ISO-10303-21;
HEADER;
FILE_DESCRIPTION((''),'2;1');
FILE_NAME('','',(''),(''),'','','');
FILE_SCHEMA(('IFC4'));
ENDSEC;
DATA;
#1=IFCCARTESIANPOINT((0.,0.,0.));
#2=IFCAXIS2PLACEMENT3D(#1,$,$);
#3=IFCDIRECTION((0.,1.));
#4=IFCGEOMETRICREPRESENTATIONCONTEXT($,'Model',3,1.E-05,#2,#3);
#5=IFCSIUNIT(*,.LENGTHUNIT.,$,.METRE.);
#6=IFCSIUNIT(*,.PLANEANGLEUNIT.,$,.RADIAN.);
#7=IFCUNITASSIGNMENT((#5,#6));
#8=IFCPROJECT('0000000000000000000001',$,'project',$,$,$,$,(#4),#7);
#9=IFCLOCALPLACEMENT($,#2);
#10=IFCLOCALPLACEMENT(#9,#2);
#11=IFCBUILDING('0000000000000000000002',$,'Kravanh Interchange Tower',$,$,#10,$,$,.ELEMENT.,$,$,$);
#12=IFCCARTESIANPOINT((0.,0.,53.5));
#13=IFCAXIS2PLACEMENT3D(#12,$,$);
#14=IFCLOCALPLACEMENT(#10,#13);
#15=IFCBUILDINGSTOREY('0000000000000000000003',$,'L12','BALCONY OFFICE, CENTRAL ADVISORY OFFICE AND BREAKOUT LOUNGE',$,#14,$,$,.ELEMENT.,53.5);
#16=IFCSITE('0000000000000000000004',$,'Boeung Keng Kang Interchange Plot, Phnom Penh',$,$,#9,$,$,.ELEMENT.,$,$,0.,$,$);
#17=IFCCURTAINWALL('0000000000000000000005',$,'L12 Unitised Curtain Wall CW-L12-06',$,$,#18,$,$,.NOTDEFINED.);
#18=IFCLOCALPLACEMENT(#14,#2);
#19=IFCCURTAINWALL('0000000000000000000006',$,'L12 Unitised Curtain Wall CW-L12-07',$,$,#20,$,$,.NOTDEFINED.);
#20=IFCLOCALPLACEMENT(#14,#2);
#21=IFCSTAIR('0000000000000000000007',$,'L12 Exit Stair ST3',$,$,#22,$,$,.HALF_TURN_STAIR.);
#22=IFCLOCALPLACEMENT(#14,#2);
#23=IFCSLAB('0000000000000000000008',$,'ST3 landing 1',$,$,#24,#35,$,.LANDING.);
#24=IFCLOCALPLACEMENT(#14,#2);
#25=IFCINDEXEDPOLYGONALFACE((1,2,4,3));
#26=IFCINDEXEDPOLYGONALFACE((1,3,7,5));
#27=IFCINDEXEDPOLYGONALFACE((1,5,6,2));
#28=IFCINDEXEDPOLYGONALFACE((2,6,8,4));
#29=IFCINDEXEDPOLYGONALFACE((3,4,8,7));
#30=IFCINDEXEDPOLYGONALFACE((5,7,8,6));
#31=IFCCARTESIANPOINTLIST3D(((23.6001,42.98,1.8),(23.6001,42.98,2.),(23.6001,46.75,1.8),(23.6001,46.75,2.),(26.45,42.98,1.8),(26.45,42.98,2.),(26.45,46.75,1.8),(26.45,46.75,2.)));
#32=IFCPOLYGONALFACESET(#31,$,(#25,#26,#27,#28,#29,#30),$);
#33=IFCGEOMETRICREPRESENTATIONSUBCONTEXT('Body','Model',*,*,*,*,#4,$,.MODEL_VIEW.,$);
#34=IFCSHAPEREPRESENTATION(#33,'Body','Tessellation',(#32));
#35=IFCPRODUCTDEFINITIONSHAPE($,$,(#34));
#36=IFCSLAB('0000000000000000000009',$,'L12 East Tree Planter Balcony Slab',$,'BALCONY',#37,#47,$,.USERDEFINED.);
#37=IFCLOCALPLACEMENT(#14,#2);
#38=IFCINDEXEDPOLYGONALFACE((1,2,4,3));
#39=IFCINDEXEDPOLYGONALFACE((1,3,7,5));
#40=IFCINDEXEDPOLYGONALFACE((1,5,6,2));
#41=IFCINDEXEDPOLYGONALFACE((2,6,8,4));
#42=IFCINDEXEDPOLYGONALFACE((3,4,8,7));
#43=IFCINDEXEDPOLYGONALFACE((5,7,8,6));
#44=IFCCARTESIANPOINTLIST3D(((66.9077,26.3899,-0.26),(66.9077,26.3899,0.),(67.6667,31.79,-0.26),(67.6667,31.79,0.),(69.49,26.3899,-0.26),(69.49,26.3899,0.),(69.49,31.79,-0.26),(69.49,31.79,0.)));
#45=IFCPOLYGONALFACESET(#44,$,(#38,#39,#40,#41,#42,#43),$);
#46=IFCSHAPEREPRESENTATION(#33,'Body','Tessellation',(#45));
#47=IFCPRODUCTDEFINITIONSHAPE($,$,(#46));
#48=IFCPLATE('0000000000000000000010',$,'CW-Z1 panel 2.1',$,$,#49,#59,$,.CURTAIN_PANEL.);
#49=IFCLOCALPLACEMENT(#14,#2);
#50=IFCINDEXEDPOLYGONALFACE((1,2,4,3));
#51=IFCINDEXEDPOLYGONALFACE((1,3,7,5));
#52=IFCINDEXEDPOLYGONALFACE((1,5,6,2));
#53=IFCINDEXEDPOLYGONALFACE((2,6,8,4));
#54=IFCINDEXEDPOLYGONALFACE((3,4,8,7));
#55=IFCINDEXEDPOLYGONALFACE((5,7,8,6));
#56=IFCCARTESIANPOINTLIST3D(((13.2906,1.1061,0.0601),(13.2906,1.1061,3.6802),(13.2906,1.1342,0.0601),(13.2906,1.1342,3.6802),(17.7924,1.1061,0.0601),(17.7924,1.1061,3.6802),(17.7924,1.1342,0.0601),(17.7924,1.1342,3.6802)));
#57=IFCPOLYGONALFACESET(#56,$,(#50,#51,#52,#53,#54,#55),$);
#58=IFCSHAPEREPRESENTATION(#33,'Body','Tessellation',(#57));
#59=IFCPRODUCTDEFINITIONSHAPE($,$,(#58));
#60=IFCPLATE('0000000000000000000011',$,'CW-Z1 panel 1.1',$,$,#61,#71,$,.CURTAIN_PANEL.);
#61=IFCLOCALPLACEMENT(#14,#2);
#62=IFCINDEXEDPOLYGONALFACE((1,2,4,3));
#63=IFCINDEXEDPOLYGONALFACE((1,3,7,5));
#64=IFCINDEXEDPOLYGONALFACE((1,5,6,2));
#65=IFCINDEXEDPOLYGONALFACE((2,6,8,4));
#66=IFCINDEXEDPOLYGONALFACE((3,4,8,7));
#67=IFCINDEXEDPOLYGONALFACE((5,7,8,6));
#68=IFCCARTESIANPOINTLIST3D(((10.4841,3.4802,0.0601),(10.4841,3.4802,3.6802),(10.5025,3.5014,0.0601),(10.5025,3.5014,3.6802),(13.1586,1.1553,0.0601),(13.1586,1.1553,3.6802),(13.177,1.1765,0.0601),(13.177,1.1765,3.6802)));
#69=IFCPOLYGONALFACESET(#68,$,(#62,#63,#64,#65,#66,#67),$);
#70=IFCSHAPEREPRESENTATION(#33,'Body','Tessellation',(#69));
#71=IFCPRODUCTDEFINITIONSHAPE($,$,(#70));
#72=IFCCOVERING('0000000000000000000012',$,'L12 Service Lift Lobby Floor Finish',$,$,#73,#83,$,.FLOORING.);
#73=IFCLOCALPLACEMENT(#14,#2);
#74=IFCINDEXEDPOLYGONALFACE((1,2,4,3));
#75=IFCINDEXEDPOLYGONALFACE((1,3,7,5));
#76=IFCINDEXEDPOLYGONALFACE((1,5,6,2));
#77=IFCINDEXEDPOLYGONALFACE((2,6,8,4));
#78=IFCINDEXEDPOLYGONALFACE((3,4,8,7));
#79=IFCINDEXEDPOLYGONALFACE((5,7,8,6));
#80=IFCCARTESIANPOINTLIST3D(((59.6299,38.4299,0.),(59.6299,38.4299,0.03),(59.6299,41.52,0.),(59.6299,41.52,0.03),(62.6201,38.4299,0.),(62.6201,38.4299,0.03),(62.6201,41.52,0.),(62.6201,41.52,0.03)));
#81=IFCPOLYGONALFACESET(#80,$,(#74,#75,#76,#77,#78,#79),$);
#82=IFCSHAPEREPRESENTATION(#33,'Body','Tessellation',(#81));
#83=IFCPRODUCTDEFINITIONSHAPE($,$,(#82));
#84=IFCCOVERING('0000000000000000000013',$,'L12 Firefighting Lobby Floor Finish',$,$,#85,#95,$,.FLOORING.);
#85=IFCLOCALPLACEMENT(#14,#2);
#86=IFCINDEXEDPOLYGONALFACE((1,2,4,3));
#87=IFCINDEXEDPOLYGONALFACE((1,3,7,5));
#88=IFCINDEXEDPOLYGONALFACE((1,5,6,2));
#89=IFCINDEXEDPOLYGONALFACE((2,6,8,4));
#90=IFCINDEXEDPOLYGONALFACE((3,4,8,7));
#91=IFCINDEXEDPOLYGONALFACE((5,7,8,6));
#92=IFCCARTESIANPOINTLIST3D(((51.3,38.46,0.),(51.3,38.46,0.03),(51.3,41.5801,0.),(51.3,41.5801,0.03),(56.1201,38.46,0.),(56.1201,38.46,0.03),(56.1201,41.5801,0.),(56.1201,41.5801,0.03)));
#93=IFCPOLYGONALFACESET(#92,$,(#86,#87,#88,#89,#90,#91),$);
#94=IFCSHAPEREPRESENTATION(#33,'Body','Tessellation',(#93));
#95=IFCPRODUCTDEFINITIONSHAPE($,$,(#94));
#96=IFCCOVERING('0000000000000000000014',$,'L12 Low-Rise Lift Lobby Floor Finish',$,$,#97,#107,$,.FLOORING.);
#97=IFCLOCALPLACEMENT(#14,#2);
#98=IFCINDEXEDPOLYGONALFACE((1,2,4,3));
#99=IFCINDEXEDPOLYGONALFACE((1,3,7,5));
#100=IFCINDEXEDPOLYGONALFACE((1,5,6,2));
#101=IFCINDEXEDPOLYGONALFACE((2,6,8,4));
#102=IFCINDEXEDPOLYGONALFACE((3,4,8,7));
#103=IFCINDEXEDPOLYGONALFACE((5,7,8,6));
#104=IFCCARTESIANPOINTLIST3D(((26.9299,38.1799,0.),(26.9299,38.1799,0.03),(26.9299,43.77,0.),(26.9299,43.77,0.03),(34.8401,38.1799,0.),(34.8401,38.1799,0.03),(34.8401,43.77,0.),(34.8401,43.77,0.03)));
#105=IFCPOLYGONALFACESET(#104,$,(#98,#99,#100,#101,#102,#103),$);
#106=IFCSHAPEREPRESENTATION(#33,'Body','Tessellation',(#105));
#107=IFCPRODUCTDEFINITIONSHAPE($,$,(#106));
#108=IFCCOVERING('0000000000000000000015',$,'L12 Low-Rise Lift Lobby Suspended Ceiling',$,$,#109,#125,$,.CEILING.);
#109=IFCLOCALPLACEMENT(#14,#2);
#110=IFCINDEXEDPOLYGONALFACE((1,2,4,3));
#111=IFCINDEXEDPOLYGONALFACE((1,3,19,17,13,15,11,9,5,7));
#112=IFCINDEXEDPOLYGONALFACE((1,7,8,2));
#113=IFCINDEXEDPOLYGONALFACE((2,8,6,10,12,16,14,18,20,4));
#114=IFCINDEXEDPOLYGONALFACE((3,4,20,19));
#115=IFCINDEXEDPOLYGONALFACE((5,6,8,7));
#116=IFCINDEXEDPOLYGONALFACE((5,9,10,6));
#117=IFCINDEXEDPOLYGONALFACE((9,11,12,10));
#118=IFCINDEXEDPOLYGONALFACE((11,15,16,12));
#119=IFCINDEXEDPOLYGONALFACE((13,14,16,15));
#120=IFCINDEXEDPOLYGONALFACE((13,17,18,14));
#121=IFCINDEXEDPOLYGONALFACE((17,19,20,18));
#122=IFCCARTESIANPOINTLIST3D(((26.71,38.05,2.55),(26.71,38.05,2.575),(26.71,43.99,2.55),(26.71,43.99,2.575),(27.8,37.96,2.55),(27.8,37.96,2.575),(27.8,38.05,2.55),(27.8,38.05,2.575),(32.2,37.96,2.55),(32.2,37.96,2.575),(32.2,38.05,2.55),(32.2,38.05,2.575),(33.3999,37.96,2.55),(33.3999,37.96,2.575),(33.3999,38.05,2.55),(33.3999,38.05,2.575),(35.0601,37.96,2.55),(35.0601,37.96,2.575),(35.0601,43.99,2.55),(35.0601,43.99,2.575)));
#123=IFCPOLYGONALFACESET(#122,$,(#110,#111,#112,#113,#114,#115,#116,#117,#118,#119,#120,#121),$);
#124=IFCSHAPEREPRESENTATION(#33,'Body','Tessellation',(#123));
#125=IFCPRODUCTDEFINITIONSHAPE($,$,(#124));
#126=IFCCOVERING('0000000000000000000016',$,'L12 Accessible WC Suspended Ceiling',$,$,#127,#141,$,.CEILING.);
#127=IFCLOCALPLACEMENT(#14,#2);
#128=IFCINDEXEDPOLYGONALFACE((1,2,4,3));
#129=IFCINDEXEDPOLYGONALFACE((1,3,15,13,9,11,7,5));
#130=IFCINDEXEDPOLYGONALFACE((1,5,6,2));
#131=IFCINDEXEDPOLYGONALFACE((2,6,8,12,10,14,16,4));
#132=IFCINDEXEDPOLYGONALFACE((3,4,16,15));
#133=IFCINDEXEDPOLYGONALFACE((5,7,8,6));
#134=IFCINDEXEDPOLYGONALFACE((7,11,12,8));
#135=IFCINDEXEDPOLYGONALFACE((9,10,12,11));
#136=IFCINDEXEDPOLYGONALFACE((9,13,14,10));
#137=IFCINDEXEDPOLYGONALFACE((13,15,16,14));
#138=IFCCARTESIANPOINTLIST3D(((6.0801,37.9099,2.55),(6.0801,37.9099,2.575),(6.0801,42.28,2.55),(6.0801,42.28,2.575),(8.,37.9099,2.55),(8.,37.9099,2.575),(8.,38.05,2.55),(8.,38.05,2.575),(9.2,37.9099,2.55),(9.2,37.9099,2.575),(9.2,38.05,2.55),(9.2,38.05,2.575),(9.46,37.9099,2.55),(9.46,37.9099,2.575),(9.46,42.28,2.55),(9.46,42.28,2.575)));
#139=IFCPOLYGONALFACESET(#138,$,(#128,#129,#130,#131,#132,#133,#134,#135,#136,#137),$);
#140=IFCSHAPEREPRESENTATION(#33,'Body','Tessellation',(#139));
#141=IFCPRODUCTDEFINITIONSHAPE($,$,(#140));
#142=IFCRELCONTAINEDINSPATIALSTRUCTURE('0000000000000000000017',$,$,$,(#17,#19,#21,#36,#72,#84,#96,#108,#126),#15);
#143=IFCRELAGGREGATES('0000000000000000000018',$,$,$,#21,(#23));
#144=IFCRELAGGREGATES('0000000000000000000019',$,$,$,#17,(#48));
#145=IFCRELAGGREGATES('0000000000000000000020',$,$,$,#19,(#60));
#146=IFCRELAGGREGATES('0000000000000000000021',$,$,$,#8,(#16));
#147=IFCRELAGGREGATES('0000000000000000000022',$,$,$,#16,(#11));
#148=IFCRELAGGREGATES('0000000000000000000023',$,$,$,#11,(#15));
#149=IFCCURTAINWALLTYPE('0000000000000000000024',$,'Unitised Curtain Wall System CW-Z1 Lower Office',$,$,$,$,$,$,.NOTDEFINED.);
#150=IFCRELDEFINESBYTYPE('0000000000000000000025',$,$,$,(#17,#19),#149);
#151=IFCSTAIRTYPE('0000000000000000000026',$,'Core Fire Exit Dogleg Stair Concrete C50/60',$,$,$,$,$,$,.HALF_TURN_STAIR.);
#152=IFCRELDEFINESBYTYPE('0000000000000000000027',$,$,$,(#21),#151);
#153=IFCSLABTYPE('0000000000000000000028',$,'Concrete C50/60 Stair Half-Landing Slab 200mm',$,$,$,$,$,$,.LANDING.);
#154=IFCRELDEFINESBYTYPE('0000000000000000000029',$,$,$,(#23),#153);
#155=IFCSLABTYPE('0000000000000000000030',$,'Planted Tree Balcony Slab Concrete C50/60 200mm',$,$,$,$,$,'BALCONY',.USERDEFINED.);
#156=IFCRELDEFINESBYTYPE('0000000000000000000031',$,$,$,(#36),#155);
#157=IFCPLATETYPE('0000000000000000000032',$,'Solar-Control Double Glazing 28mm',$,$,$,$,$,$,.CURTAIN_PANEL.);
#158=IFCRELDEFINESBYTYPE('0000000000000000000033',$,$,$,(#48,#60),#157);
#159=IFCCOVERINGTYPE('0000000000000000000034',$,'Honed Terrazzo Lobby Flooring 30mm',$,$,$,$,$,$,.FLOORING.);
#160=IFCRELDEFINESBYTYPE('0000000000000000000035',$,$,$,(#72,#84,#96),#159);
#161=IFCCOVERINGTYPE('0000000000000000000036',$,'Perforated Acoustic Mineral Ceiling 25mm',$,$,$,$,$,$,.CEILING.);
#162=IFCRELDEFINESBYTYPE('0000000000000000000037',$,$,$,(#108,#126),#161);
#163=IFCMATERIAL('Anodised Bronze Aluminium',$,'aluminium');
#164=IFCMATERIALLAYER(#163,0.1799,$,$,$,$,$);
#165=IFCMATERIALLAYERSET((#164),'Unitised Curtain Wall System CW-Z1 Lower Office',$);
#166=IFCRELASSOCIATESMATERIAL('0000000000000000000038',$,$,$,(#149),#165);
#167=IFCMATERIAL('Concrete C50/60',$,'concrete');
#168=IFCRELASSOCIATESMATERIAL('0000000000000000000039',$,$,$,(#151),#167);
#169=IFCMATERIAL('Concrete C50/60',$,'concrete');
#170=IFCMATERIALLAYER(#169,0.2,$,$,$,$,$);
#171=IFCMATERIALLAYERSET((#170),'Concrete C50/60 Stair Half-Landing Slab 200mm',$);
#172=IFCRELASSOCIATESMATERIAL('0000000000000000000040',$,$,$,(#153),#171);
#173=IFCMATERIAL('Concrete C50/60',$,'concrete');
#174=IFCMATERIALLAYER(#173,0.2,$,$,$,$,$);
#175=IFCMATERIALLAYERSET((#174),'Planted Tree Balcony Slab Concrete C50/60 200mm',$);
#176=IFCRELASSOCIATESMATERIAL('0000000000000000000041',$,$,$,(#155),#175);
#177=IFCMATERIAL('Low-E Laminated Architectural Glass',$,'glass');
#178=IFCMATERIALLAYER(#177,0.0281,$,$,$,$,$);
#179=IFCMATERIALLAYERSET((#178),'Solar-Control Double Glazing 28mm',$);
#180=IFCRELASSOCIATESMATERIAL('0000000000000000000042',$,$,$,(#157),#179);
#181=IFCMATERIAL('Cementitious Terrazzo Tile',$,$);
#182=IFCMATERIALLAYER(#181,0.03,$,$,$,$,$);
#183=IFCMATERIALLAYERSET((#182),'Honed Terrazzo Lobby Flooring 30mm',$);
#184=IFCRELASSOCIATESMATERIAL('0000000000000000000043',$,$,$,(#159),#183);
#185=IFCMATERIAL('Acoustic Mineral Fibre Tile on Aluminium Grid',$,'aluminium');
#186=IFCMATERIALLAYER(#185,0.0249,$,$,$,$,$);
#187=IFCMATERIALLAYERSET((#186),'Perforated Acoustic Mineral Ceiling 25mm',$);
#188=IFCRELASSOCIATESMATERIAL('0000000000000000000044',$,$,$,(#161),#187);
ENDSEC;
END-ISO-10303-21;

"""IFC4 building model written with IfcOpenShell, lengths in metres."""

from ifc_helpers import new_model, si_unit, direction, frame, origin, origin_2d, place, context, subcontext, project, spatial, polyline, rectangle, outline, extrude, material, layer, layer_set, type_object, element, aggregate, save


model = new_model("IFC4")

# Units and contexts
model_context = context("Model", 3, precision=1e-05, world=origin(), true_north=direction((0.0, 1.0)))
body_context = subcontext(model_context, "Body", "Model", "MODEL_VIEW")
ifc_project = project(units=[si_unit("LENGTHUNIT", "METRE"), si_unit("PLANEANGLEUNIT", "RADIAN")], contexts=[model_context])

# Site, building, storey
site_placement = place(None, origin())
site = spatial("IfcSite", under=ifc_project, at=site_placement, Name="Boeung Keng Kang Interchange Plot, Phnom Penh", CompositionType="ELEMENT", RefElevation=0.0)
building_placement = place(site_placement, origin())
building = spatial("IfcBuilding", under=site, at=building_placement, Name="Kravanh Interchange Tower", CompositionType="ELEMENT")
storey_placement = place(building_placement, frame((0.0, 0.0, 53.5)))
storey = spatial("IfcBuildingStorey", under=building, at=storey_placement, Name="L12", Description="BALCONY OFFICE, CENTRAL ADVISORY OFFICE AND BREAKOUT LOUNGE", CompositionType="ELEMENT", Elevation=53.5)

# Curtain wall
ifc_material_1 = material(Name="Anodised Bronze Aluminium", Category="aluminium")
ifc_layer_1 = layer(ifc_material_1, 0.1799)
ifc_layer_set_1 = layer_set([ifc_layer_1], Name="Unitised Curtain Wall System CW-Z1 Lower Office")
curtain_wall_type = type_object("IfcCurtainWallType", Name="Unitised Curtain Wall System CW-Z1 Lower Office", PredefinedType="NOTDEFINED", material=ifc_layer_set_1)
curtain_wall_1_placement = place(storey_placement, origin())
curtain_wall_1 = element("IfcCurtainWall", 1, at=curtain_wall_1_placement, inside=storey, type_object=curtain_wall_type, Name="L12 Unitised Curtain Wall CW-L12-06", PredefinedType="NOTDEFINED")

# Curtain wall
curtain_wall_2_placement = place(storey_placement, origin())
curtain_wall_2 = element("IfcCurtainWall", 2, at=curtain_wall_2_placement, inside=storey, type_object=curtain_wall_type, Name="L12 Unitised Curtain Wall CW-L12-07", PredefinedType="NOTDEFINED")

# Stair, slab
ifc_material_2 = material(Name="Concrete C50/60", Category="concrete")
stair_type = type_object("IfcStairType", Name="Core Fire Exit Dogleg Stair Concrete C50/60", PredefinedType="HALF_TURN_STAIR", material=ifc_material_2)
ifc_material_3 = material(Name="Concrete C50/60", Category="concrete")
ifc_layer_2 = layer(ifc_material_3, 0.2)
ifc_layer_set_2 = layer_set([ifc_layer_2], Name="Concrete C50/60 Stair Half-Landing Slab 200mm")
slab_type_1 = type_object("IfcSlabType", Name="Concrete C50/60 Stair Half-Landing Slab 200mm", PredefinedType="LANDING", material=ifc_layer_set_2)
stair_1_placement = place(storey_placement, origin())
stair_1 = element("IfcStair", 3, at=stair_1_placement, inside=storey, type_object=stair_type, Name="L12 Exit Stair ST3", PredefinedType="HALF_TURN_STAIR")
slab_1_placement = place(storey_placement, frame((0.0, 0.0, 1.8)))
slab_1 = element("IfcSlab", 4, at=slab_1_placement, type_object=slab_type_1, Name="ST3 landing 1", PredefinedType="LANDING", context=body_context, shape_type="SweptSolid", body=[
    extrude(outline(polyline([(26.45, 42.98), (26.45, 46.75), (23.6001, 46.75), (23.6001, 42.98), (26.45, 42.98)])), origin(), (0.0, 0.0, 1.0), 0.2),
])
aggregate(stair_1, [slab_1])

# Slab
ifc_material_4 = material(Name="Concrete C50/60", Category="concrete")
ifc_layer_3 = layer(ifc_material_4, 0.2)
ifc_layer_set_3 = layer_set([ifc_layer_3], Name="Planted Tree Balcony Slab Concrete C50/60 200mm")
slab_type_2 = type_object("IfcSlabType", Name="Planted Tree Balcony Slab Concrete C50/60 200mm", ElementType="BALCONY", PredefinedType="USERDEFINED", material=ifc_layer_set_3)
slab_2_placement = place(storey_placement, frame((0.0, 0.0, -0.26)))
element("IfcSlab", 5, at=slab_2_placement, inside=storey, type_object=slab_type_2, Name="L12 East Tree Planter Balcony Slab", ObjectType="BALCONY", PredefinedType="USERDEFINED", context=body_context, shape_type="SweptSolid", body=[
    extrude(outline(polyline([(69.49, 31.79), (69.49, 26.3899), (66.9077, 26.3899), (67.6667, 31.79), (69.49, 31.79)])), origin(), (0.0, 0.0, 1.0), 0.26),
])

# Plates
ifc_material_5 = material(Name="Low-E Laminated Architectural Glass", Category="glass")
ifc_layer_4 = layer(ifc_material_5, 0.0281)
ifc_layer_set_4 = layer_set([ifc_layer_4], Name="Solar-Control Double Glazing 28mm")
plate_type = type_object("IfcPlateType", Name="Solar-Control Double Glazing 28mm", PredefinedType="CURTAIN_PANEL", material=ifc_layer_set_4)
plate_1_placement = place(storey_placement, frame((15.5415, 1.1201, 0.0601), z_axis=(0.0, 0.0, 1.0), x_axis=(-1.0, 0.0, 0.0)))
plate_1 = element("IfcPlate", 6, at=plate_1_placement, type_object=plate_type, Name="CW-Z1 panel 2.1", PredefinedType="CURTAIN_PANEL", context=body_context, shape_type="SweptSolid", body=[
    extrude(rectangle(XDim=4.5017, YDim=0.0281, at=origin_2d()), origin(), (0.0, 0.0, 1.0), 3.6201),
])
aggregate(curtain_wall_1, [plate_1])
plate_2_placement = place(storey_placement, frame((11.8306, 2.3284, 0.0601), z_axis=(0.0, 0.0, 1.0), x_axis=(-0.754708, 0.65606, 0.0)))
plate_2 = element("IfcPlate", 7, at=plate_2_placement, type_object=plate_type, Name="CW-Z1 panel 1.1", PredefinedType="CURTAIN_PANEL", context=body_context, shape_type="SweptSolid", body=[
    extrude(rectangle(XDim=3.5437, YDim=0.0281, at=origin_2d()), origin(), (0.0, 0.0, 1.0), 3.6201),
])
aggregate(curtain_wall_2, [plate_2])

# Coverings
ifc_material_6 = material(Name="Cementitious Terrazzo Tile")
ifc_layer_5 = layer(ifc_material_6, 0.03)
ifc_layer_set_5 = layer_set([ifc_layer_5], Name="Honed Terrazzo Lobby Flooring 30mm")
covering_type_1 = type_object("IfcCoveringType", Name="Honed Terrazzo Lobby Flooring 30mm", PredefinedType="FLOORING", material=ifc_layer_set_5)
covering_1_placement = place(storey_placement, origin())
element("IfcCovering", 8, at=covering_1_placement, inside=storey, type_object=covering_type_1, Name="L12 Service Lift Lobby Floor Finish", PredefinedType="FLOORING", context=body_context, shape_type="SweptSolid", body=[
    extrude(outline(polyline([(59.6299, 41.52), (62.6201, 41.52), (62.6201, 38.4299), (59.6299, 38.4299), (59.6299, 41.52)])), origin(), (0.0, 0.0, 1.0), 0.03),
])
covering_2_placement = place(storey_placement, origin())
element("IfcCovering", 9, at=covering_2_placement, inside=storey, type_object=covering_type_1, Name="L12 Firefighting Lobby Floor Finish", PredefinedType="FLOORING", context=body_context, shape_type="SweptSolid", body=[
    extrude(outline(polyline([(56.1201, 38.46), (51.3, 38.46), (51.3, 41.5801), (56.1201, 41.5801), (56.1201, 38.46)])), origin(), (0.0, 0.0, 1.0), 0.03),
])
covering_3_placement = place(storey_placement, origin())
element("IfcCovering", 10, at=covering_3_placement, inside=storey, type_object=covering_type_1, Name="L12 Low-Rise Lift Lobby Floor Finish", PredefinedType="FLOORING", context=body_context, shape_type="SweptSolid", body=[
    extrude(outline(polyline([(26.9299, 43.77), (34.8401, 43.77), (34.8401, 38.1799), (26.9299, 38.1799), (26.9299, 43.77)])), origin(), (0.0, 0.0, 1.0), 0.03),
])
ifc_material_7 = material(Name="Acoustic Mineral Fibre Tile on Aluminium Grid", Category="aluminium")
ifc_layer_6 = layer(ifc_material_7, 0.0249)
ifc_layer_set_6 = layer_set([ifc_layer_6], Name="Perforated Acoustic Mineral Ceiling 25mm")
covering_type_2 = type_object("IfcCoveringType", Name="Perforated Acoustic Mineral Ceiling 25mm", PredefinedType="CEILING", material=ifc_layer_set_6)
covering_4_placement = place(storey_placement, frame((0.0, 0.0, 2.55)))
element("IfcCovering", 11, at=covering_4_placement, inside=storey, type_object=covering_type_2, Name="L12 Low-Rise Lift Lobby Suspended Ceiling", PredefinedType="CEILING", context=body_context, shape_type="SweptSolid", body=[
    extrude(outline(polyline([(35.0601, 37.96), (33.3999, 37.96), (33.3999, 38.05), (32.2, 38.05), (32.2, 37.96), (27.8, 37.96), (27.8, 38.05), (26.71, 38.05), (26.71, 43.99), (35.0601, 43.99), (35.0601, 37.96)])), origin(), (0.0, 0.0, 1.0), 0.0249),
])
covering_5_placement = place(storey_placement, frame((0.0, 0.0, 2.55)))
element("IfcCovering", 12, at=covering_5_placement, inside=storey, type_object=covering_type_2, Name="L12 Accessible WC Suspended Ceiling", PredefinedType="CEILING", context=body_context, shape_type="SweptSolid", body=[
    extrude(outline(polyline([(9.46, 42.28), (9.46, 37.9099), (9.2, 37.9099), (9.2, 38.05), (8.0, 38.05), (8.0, 37.9099), (6.0801, 37.9099), (6.0801, 42.28), (9.46, 42.28)])), origin(), (0.0, 0.0, 1.0), 0.0249),
])

save(model, "model.ifc")
